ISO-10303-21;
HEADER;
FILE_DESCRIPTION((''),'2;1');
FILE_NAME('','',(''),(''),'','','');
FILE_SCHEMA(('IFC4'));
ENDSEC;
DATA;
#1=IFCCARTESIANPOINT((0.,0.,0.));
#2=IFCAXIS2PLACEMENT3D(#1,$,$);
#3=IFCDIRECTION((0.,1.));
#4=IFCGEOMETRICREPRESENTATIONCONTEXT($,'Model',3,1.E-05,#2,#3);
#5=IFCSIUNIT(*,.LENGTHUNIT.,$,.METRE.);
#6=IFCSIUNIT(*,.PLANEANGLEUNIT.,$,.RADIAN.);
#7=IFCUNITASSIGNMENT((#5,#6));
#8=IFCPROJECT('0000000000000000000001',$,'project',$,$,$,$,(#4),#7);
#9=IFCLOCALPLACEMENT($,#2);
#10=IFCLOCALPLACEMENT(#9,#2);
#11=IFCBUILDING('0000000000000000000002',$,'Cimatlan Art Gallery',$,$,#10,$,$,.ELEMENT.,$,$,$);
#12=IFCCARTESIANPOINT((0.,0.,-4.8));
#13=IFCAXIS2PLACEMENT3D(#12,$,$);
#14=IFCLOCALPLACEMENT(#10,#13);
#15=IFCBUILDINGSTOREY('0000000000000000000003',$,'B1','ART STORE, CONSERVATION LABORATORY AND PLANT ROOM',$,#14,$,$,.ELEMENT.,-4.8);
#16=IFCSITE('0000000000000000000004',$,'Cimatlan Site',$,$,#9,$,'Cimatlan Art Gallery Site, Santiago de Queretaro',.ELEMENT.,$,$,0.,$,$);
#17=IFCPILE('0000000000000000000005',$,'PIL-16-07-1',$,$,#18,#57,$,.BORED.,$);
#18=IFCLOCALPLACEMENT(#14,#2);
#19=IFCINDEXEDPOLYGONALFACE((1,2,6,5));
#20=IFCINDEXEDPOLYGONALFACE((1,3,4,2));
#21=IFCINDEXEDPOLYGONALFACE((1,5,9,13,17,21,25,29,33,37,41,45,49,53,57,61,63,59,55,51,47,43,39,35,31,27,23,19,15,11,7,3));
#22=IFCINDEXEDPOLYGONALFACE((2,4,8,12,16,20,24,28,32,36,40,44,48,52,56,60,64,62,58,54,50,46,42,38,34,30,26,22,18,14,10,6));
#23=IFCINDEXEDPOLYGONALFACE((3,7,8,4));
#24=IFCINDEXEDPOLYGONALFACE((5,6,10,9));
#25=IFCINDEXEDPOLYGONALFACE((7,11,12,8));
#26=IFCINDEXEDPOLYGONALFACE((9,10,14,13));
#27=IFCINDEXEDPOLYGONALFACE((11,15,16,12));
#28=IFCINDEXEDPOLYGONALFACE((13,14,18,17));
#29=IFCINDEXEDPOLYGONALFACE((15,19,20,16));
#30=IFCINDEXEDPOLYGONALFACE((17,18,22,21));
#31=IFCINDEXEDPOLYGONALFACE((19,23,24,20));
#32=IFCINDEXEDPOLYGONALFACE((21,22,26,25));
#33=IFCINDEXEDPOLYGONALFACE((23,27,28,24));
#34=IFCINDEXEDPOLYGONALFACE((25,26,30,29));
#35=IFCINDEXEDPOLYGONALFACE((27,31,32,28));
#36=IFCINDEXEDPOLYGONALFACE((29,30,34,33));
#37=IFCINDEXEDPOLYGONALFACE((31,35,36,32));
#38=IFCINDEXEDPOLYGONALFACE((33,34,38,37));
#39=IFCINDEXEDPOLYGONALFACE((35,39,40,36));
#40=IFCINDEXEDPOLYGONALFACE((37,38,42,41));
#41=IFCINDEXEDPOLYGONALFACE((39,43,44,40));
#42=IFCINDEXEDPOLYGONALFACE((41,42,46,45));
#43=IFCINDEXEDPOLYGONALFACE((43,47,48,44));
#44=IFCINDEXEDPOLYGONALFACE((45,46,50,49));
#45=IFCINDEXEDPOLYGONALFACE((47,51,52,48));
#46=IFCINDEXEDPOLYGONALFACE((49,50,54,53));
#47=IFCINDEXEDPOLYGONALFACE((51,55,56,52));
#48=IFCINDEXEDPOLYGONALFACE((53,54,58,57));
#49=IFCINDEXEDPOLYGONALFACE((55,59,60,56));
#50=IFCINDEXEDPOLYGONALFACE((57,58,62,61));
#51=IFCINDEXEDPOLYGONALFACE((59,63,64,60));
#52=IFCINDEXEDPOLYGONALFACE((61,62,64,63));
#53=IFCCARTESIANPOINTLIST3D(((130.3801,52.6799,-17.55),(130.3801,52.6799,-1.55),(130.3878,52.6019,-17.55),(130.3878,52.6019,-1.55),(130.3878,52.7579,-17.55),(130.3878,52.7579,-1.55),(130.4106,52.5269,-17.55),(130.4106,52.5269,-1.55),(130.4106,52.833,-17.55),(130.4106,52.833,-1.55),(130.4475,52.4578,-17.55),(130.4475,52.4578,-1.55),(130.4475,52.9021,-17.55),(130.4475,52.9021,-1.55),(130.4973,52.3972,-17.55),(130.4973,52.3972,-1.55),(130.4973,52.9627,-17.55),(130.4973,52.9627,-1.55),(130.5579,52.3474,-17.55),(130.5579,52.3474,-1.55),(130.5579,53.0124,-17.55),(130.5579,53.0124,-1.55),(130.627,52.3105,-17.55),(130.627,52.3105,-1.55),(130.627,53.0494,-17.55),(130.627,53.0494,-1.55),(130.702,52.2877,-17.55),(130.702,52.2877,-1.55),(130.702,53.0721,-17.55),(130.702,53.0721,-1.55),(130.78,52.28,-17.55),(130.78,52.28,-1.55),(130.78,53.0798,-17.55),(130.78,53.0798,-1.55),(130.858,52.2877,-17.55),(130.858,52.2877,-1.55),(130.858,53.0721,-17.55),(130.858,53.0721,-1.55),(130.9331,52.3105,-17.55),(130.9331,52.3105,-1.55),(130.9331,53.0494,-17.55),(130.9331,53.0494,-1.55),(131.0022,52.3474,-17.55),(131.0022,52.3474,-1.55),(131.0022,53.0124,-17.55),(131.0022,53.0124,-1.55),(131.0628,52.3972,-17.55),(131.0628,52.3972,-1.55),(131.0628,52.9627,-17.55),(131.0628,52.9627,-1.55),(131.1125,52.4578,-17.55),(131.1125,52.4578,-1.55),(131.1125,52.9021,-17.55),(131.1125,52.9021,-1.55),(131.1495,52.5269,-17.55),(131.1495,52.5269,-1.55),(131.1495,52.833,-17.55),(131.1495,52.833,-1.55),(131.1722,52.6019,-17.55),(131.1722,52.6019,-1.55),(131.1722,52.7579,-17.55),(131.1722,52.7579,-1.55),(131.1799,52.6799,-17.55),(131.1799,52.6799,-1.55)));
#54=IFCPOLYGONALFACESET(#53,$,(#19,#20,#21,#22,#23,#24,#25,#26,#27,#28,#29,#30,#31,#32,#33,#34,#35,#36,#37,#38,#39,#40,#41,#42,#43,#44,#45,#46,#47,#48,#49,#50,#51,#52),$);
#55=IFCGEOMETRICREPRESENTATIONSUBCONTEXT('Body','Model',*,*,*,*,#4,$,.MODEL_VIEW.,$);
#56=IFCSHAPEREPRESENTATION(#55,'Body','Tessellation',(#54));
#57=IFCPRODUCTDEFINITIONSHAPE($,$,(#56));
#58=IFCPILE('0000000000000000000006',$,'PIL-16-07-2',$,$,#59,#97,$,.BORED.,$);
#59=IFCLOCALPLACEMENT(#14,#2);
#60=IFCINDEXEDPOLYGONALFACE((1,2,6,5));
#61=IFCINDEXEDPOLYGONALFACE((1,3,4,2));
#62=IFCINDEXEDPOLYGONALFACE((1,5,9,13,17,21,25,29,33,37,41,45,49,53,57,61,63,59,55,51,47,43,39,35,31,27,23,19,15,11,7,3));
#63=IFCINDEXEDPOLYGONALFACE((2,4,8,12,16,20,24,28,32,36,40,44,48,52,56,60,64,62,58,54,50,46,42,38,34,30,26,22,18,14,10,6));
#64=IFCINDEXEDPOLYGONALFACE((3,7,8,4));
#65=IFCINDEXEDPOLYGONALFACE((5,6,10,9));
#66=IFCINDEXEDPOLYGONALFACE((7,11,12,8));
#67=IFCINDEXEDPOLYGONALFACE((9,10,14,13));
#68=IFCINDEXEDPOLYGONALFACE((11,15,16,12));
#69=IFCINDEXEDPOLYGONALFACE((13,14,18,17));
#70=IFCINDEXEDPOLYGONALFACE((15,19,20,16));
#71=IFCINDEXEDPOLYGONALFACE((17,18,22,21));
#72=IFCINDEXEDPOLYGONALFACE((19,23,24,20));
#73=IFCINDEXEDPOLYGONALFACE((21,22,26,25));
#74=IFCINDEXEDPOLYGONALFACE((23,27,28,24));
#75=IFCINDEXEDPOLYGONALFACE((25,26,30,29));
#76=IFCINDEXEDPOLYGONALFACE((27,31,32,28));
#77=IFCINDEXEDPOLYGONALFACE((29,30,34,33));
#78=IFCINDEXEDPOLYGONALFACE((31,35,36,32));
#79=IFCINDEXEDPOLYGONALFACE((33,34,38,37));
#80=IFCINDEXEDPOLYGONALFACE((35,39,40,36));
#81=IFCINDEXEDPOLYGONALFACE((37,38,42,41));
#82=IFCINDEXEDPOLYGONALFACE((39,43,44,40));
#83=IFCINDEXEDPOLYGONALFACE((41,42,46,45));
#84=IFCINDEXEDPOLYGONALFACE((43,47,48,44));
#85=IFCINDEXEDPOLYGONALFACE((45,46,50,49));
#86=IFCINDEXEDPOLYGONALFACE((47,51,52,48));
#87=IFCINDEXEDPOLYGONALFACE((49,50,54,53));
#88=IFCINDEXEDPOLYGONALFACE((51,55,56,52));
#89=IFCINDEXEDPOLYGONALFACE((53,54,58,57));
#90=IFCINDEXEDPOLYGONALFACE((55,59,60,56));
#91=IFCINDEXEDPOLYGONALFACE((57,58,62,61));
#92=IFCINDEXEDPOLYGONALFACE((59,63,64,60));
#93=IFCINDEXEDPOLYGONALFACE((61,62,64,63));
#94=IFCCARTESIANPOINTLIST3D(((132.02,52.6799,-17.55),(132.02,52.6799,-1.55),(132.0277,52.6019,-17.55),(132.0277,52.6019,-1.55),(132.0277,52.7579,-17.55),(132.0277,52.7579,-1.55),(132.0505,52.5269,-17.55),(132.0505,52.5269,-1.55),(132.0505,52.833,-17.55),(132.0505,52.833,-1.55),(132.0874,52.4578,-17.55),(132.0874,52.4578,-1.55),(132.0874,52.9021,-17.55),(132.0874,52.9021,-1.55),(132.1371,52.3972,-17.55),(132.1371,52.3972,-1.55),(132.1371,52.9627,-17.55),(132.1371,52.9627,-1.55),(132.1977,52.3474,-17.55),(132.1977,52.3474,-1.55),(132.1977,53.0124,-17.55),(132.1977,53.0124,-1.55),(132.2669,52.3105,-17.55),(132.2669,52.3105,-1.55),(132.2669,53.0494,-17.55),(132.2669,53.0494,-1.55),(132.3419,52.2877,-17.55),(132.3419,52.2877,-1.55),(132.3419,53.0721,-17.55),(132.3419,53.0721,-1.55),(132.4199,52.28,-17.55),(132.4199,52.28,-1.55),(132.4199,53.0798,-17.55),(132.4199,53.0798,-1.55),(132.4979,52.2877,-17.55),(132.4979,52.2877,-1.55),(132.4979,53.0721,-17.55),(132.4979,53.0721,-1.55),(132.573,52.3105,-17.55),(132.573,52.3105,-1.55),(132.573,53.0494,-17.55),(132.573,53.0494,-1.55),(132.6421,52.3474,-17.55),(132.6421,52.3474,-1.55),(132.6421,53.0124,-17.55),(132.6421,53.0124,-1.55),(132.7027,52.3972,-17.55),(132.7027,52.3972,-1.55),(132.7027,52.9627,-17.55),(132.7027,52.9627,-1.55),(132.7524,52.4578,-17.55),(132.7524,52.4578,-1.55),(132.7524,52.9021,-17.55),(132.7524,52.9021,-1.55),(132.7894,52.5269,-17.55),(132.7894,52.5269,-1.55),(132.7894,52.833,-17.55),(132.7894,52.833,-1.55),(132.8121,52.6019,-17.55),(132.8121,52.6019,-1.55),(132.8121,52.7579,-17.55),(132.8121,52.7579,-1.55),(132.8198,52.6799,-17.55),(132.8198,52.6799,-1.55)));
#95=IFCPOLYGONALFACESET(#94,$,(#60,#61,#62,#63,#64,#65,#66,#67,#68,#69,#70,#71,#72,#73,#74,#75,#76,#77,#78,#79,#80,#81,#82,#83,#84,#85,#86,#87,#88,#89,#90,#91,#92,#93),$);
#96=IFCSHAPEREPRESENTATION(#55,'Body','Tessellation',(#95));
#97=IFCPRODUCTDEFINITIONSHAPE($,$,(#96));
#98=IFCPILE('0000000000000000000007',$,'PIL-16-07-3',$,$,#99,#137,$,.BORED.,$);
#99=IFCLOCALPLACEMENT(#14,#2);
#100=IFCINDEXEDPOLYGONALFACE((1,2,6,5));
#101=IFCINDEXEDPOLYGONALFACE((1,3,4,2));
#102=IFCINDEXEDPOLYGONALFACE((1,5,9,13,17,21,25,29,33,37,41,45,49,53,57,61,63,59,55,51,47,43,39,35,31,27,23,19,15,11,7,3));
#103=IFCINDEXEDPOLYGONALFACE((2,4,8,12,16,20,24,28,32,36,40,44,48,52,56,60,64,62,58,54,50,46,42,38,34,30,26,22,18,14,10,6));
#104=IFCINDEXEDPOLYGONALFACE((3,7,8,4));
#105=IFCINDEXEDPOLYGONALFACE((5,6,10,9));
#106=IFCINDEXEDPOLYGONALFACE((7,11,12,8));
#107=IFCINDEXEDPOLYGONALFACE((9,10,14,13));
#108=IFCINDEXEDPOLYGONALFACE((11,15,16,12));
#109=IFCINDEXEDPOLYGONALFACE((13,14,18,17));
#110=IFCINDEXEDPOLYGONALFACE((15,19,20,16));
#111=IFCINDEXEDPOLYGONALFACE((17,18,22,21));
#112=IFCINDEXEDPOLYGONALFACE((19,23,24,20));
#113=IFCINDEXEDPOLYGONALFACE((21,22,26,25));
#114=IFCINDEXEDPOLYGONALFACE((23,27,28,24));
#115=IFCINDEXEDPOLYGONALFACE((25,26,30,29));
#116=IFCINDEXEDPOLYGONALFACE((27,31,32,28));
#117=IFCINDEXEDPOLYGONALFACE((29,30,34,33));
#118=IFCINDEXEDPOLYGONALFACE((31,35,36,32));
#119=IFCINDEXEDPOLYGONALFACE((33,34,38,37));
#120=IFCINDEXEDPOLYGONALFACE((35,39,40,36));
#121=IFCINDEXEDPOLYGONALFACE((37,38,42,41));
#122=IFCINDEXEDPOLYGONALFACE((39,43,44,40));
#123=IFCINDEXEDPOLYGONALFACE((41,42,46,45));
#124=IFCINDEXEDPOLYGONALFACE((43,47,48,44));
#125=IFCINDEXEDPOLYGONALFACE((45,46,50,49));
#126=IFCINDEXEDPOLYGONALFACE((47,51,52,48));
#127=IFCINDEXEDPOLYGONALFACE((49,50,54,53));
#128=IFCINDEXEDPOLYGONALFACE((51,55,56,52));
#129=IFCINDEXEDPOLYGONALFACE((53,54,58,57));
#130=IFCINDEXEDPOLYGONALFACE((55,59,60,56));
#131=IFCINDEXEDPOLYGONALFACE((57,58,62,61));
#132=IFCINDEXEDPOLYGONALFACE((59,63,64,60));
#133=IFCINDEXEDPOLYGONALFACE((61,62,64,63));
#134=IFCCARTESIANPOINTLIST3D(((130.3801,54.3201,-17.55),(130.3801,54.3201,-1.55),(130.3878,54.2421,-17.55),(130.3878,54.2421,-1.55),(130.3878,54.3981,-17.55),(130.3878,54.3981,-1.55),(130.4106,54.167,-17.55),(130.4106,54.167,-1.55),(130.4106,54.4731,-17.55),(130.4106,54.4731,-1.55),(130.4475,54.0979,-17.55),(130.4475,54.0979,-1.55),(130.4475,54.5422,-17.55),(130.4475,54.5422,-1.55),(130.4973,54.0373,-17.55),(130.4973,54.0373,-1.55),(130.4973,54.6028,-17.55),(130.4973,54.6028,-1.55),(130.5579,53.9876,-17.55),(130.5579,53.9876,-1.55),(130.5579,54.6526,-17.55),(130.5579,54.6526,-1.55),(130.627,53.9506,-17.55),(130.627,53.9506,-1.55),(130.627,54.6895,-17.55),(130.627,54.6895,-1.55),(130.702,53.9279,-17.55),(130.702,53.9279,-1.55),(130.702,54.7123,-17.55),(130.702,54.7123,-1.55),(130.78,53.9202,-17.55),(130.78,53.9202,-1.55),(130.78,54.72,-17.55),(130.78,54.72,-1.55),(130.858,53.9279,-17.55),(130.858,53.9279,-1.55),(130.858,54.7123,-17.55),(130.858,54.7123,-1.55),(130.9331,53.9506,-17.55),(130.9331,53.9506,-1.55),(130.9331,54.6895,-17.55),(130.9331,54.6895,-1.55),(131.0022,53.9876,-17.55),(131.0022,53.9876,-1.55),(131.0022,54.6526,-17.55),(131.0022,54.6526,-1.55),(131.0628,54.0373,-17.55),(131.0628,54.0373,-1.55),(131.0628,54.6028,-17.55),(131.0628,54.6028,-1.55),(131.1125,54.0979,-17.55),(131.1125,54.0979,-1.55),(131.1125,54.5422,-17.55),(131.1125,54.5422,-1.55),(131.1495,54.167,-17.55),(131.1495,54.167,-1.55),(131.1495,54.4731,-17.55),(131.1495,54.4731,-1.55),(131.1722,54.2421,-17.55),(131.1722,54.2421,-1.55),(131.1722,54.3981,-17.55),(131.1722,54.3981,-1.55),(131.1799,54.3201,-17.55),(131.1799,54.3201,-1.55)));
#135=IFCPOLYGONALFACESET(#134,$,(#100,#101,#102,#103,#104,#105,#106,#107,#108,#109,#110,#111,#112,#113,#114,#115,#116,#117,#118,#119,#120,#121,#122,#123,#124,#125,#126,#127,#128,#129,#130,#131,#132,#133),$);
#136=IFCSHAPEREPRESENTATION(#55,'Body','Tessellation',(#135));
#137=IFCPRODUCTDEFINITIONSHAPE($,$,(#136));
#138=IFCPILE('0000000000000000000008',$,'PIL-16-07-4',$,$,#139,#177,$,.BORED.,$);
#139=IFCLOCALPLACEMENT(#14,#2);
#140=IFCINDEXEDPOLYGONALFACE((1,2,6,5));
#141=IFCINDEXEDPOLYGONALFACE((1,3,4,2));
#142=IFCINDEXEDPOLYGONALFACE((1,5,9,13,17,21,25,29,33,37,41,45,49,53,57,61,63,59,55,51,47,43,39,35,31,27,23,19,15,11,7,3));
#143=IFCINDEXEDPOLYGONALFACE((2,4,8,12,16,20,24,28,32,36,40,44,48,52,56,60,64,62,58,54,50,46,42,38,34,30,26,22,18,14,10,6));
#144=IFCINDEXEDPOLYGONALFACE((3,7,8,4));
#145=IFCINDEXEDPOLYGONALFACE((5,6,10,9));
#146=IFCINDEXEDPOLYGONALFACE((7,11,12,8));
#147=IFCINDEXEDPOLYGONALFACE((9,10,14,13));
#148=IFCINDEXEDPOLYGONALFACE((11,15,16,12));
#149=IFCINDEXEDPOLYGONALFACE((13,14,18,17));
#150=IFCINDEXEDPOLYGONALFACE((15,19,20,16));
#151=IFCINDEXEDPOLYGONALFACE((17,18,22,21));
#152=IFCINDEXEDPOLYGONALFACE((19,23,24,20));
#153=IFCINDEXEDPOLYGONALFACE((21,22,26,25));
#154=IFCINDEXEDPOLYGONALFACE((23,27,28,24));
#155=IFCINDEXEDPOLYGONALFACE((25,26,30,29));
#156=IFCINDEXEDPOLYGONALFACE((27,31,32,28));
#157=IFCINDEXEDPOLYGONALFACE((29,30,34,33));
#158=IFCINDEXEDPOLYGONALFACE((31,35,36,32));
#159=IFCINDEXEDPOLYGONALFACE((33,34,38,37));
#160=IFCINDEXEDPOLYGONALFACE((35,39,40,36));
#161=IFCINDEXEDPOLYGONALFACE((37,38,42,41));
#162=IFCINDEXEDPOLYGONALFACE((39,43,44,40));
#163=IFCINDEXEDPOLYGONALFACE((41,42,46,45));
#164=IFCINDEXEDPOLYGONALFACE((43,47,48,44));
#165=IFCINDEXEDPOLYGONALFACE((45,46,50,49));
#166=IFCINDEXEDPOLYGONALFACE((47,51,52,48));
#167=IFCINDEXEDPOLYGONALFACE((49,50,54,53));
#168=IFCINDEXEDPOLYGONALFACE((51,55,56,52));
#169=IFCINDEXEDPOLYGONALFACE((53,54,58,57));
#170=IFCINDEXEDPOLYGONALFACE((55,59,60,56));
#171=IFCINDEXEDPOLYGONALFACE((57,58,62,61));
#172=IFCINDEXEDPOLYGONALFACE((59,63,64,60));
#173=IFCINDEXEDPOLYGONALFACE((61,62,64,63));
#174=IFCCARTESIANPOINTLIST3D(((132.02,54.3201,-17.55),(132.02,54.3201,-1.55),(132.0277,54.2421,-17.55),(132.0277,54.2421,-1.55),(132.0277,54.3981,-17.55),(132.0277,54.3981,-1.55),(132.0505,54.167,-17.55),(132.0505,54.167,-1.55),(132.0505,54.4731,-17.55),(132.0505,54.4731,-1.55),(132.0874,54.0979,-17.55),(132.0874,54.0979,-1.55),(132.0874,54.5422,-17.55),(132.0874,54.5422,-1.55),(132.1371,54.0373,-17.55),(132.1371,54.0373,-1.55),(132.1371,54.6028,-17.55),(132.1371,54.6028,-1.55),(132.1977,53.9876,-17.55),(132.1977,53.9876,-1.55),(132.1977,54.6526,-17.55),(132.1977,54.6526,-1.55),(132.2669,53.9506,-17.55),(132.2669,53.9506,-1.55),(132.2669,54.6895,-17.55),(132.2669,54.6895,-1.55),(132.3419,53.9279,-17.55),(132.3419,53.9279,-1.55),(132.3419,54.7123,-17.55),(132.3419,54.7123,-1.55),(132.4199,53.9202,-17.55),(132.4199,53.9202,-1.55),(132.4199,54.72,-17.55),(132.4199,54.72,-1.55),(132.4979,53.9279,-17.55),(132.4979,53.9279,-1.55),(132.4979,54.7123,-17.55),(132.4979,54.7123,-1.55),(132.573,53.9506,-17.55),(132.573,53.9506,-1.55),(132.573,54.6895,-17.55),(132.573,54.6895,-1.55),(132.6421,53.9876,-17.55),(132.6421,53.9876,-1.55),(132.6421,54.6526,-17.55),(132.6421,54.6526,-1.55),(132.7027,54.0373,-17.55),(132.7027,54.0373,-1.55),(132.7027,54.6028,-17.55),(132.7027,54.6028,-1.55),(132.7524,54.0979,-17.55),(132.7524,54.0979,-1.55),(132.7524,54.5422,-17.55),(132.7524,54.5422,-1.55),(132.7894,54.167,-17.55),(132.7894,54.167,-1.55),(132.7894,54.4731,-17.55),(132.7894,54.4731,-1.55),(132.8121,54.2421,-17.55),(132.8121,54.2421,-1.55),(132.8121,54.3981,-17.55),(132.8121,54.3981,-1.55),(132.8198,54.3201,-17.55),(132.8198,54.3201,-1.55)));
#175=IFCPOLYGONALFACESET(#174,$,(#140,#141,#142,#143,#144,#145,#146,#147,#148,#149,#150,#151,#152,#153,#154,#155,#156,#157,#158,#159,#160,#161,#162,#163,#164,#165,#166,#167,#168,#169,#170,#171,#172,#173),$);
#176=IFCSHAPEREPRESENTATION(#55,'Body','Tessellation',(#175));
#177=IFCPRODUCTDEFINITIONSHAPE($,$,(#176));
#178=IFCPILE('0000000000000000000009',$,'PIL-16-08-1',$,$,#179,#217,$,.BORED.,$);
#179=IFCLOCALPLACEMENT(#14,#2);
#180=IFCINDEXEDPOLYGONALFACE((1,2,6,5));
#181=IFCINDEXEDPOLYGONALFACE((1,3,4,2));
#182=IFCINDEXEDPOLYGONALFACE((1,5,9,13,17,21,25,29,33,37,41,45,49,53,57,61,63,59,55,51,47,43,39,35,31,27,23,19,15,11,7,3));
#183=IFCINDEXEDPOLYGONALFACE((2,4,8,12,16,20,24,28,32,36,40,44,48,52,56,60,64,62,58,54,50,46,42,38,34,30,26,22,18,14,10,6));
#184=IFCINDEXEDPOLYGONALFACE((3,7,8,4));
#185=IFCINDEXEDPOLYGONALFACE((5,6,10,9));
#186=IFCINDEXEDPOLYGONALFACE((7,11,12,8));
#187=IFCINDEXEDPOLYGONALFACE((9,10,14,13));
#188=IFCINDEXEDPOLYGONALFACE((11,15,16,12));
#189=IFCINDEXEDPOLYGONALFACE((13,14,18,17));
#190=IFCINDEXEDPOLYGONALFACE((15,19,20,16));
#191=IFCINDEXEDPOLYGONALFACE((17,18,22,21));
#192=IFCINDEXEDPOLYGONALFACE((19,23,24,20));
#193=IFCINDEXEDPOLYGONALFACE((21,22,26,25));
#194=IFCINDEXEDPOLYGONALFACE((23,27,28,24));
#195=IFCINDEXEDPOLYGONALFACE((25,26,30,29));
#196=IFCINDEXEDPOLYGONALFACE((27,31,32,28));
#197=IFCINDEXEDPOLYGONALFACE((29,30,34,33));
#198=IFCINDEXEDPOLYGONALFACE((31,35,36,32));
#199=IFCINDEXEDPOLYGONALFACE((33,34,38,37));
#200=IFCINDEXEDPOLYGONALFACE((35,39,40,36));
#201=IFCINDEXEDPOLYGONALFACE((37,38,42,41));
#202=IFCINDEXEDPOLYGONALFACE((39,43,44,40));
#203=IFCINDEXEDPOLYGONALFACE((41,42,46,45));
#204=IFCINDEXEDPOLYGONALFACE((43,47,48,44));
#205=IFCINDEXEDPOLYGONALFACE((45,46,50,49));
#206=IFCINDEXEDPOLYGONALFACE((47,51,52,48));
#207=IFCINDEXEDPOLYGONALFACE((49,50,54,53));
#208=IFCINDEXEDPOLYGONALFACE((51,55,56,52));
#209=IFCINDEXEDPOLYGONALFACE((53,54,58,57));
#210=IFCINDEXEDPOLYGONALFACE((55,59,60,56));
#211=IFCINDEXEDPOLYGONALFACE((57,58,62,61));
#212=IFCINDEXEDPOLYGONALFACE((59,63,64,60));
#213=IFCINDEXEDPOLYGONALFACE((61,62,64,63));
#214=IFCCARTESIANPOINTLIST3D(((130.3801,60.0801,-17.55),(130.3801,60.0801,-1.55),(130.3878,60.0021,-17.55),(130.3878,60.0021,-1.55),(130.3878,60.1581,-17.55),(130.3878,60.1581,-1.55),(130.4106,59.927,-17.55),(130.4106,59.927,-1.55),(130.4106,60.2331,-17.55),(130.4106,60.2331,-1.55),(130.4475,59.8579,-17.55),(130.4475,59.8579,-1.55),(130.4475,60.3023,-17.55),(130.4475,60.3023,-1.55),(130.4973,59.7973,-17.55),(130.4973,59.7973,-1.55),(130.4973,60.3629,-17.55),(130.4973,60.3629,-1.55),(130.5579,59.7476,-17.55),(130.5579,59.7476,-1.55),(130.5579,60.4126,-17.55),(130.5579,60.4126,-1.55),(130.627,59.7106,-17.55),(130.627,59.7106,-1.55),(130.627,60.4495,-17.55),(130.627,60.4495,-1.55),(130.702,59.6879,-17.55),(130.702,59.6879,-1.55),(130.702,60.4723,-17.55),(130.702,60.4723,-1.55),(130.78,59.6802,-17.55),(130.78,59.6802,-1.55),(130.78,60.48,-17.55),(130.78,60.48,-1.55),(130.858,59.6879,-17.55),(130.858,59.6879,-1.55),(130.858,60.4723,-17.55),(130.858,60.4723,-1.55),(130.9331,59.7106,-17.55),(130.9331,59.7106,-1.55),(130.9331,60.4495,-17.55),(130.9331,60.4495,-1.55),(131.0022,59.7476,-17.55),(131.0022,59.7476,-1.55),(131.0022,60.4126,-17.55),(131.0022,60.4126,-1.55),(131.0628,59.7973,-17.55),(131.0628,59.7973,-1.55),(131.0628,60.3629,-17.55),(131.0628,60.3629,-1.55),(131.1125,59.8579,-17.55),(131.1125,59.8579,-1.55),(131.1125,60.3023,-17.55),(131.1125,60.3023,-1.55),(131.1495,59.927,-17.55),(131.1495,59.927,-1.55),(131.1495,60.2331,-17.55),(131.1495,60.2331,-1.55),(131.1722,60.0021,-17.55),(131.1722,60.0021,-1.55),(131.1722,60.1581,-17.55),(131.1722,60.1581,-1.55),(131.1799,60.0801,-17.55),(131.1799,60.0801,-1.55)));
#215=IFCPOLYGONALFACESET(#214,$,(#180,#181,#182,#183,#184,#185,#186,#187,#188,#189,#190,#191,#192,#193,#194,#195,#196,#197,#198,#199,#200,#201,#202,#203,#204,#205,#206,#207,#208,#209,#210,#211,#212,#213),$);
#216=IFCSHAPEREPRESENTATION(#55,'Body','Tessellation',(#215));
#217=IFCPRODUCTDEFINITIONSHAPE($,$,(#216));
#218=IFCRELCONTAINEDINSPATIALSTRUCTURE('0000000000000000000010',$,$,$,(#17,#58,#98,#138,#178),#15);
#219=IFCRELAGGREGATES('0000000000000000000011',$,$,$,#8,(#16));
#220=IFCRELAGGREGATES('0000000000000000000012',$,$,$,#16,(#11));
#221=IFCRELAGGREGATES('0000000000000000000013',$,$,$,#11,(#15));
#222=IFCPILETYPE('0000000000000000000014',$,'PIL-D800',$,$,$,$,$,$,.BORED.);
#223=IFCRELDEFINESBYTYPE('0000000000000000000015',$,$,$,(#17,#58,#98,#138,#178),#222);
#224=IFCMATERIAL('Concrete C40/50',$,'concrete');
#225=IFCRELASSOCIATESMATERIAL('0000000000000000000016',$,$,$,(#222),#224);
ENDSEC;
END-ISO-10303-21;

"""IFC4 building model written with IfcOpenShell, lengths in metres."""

from ifc_helpers import new_model, si_unit, direction, frame, origin, origin_2d, place, context, subcontext, project, spatial, circle, extrude, material, type_object, element, save


model = new_model("IFC4")

# Units and contexts
model_context = context("Model", 3, precision=1e-05, world=origin(), true_north=direction((0.0, 1.0)))
body_context = subcontext(model_context, "Body", "Model", "MODEL_VIEW")
ifc_project = project(units=[si_unit("LENGTHUNIT", "METRE"), si_unit("PLANEANGLEUNIT", "RADIAN")], contexts=[model_context])

# Site, building, storey
site_placement = place(None, origin())
site = spatial("IfcSite", under=ifc_project, at=site_placement, Name="Cimatlan Site", LongName="Cimatlan Art Gallery Site, Santiago de Queretaro", CompositionType="ELEMENT", RefElevation=0.0)
building_placement = place(site_placement, origin())
building = spatial("IfcBuilding", under=site, at=building_placement, Name="Cimatlan Art Gallery", CompositionType="ELEMENT")
storey_placement = place(building_placement, frame((0.0, 0.0, -4.8)))
storey = spatial("IfcBuildingStorey", under=building, at=storey_placement, Name="B1", Description="ART STORE, CONSERVATION LABORATORY AND PLANT ROOM", CompositionType="ELEMENT", Elevation=-4.8)

# Shared definitions
ifc_material_1 = material(Name="Concrete C40/50", Category="concrete")

# Piles
pile_type = type_object("IfcPileType", Name="PIL-D800", PredefinedType="BORED", material=ifc_material_1)
for number, where, z_axis, x_axis, name in (
    (1, (130.78, 52.6799, -1.55), (0.0, 0.0, -1.0), (1.0, 0.0, 0.0), "PIL-16-07-1"),
    (2, (132.4199, 52.6799, -1.55), (0.0, 0.0, -1.0), (1.0, 0.0, 0.0), "PIL-16-07-2"),
    (3, (130.78, 54.3201, -1.55), (0.0, 0.0, -1.0), (1.0, 0.0, 0.0), "PIL-16-07-3"),
    (4, (132.4199, 54.3201, -1.55), (0.0, 0.0, -1.0), (1.0, 0.0, 0.0), "PIL-16-07-4"),
    (5, (130.78, 60.0801, -1.55), (0.0, 0.0, -1.0), (1.0, 0.0, 0.0), "PIL-16-08-1"),
):
    element("IfcPile", number, at=place(storey_placement, frame(where, z_axis=z_axis, x_axis=x_axis)), inside=storey, type_object=pile_type, Name=name, PredefinedType="BORED", context=body_context, shape_type="SweptSolid", body=[
        extrude(circle(Radius=0.3999, at=origin_2d()), origin(), (0.0, 0.0, 1.0), 16.0),
    ])

save(model, "model.ifc")
